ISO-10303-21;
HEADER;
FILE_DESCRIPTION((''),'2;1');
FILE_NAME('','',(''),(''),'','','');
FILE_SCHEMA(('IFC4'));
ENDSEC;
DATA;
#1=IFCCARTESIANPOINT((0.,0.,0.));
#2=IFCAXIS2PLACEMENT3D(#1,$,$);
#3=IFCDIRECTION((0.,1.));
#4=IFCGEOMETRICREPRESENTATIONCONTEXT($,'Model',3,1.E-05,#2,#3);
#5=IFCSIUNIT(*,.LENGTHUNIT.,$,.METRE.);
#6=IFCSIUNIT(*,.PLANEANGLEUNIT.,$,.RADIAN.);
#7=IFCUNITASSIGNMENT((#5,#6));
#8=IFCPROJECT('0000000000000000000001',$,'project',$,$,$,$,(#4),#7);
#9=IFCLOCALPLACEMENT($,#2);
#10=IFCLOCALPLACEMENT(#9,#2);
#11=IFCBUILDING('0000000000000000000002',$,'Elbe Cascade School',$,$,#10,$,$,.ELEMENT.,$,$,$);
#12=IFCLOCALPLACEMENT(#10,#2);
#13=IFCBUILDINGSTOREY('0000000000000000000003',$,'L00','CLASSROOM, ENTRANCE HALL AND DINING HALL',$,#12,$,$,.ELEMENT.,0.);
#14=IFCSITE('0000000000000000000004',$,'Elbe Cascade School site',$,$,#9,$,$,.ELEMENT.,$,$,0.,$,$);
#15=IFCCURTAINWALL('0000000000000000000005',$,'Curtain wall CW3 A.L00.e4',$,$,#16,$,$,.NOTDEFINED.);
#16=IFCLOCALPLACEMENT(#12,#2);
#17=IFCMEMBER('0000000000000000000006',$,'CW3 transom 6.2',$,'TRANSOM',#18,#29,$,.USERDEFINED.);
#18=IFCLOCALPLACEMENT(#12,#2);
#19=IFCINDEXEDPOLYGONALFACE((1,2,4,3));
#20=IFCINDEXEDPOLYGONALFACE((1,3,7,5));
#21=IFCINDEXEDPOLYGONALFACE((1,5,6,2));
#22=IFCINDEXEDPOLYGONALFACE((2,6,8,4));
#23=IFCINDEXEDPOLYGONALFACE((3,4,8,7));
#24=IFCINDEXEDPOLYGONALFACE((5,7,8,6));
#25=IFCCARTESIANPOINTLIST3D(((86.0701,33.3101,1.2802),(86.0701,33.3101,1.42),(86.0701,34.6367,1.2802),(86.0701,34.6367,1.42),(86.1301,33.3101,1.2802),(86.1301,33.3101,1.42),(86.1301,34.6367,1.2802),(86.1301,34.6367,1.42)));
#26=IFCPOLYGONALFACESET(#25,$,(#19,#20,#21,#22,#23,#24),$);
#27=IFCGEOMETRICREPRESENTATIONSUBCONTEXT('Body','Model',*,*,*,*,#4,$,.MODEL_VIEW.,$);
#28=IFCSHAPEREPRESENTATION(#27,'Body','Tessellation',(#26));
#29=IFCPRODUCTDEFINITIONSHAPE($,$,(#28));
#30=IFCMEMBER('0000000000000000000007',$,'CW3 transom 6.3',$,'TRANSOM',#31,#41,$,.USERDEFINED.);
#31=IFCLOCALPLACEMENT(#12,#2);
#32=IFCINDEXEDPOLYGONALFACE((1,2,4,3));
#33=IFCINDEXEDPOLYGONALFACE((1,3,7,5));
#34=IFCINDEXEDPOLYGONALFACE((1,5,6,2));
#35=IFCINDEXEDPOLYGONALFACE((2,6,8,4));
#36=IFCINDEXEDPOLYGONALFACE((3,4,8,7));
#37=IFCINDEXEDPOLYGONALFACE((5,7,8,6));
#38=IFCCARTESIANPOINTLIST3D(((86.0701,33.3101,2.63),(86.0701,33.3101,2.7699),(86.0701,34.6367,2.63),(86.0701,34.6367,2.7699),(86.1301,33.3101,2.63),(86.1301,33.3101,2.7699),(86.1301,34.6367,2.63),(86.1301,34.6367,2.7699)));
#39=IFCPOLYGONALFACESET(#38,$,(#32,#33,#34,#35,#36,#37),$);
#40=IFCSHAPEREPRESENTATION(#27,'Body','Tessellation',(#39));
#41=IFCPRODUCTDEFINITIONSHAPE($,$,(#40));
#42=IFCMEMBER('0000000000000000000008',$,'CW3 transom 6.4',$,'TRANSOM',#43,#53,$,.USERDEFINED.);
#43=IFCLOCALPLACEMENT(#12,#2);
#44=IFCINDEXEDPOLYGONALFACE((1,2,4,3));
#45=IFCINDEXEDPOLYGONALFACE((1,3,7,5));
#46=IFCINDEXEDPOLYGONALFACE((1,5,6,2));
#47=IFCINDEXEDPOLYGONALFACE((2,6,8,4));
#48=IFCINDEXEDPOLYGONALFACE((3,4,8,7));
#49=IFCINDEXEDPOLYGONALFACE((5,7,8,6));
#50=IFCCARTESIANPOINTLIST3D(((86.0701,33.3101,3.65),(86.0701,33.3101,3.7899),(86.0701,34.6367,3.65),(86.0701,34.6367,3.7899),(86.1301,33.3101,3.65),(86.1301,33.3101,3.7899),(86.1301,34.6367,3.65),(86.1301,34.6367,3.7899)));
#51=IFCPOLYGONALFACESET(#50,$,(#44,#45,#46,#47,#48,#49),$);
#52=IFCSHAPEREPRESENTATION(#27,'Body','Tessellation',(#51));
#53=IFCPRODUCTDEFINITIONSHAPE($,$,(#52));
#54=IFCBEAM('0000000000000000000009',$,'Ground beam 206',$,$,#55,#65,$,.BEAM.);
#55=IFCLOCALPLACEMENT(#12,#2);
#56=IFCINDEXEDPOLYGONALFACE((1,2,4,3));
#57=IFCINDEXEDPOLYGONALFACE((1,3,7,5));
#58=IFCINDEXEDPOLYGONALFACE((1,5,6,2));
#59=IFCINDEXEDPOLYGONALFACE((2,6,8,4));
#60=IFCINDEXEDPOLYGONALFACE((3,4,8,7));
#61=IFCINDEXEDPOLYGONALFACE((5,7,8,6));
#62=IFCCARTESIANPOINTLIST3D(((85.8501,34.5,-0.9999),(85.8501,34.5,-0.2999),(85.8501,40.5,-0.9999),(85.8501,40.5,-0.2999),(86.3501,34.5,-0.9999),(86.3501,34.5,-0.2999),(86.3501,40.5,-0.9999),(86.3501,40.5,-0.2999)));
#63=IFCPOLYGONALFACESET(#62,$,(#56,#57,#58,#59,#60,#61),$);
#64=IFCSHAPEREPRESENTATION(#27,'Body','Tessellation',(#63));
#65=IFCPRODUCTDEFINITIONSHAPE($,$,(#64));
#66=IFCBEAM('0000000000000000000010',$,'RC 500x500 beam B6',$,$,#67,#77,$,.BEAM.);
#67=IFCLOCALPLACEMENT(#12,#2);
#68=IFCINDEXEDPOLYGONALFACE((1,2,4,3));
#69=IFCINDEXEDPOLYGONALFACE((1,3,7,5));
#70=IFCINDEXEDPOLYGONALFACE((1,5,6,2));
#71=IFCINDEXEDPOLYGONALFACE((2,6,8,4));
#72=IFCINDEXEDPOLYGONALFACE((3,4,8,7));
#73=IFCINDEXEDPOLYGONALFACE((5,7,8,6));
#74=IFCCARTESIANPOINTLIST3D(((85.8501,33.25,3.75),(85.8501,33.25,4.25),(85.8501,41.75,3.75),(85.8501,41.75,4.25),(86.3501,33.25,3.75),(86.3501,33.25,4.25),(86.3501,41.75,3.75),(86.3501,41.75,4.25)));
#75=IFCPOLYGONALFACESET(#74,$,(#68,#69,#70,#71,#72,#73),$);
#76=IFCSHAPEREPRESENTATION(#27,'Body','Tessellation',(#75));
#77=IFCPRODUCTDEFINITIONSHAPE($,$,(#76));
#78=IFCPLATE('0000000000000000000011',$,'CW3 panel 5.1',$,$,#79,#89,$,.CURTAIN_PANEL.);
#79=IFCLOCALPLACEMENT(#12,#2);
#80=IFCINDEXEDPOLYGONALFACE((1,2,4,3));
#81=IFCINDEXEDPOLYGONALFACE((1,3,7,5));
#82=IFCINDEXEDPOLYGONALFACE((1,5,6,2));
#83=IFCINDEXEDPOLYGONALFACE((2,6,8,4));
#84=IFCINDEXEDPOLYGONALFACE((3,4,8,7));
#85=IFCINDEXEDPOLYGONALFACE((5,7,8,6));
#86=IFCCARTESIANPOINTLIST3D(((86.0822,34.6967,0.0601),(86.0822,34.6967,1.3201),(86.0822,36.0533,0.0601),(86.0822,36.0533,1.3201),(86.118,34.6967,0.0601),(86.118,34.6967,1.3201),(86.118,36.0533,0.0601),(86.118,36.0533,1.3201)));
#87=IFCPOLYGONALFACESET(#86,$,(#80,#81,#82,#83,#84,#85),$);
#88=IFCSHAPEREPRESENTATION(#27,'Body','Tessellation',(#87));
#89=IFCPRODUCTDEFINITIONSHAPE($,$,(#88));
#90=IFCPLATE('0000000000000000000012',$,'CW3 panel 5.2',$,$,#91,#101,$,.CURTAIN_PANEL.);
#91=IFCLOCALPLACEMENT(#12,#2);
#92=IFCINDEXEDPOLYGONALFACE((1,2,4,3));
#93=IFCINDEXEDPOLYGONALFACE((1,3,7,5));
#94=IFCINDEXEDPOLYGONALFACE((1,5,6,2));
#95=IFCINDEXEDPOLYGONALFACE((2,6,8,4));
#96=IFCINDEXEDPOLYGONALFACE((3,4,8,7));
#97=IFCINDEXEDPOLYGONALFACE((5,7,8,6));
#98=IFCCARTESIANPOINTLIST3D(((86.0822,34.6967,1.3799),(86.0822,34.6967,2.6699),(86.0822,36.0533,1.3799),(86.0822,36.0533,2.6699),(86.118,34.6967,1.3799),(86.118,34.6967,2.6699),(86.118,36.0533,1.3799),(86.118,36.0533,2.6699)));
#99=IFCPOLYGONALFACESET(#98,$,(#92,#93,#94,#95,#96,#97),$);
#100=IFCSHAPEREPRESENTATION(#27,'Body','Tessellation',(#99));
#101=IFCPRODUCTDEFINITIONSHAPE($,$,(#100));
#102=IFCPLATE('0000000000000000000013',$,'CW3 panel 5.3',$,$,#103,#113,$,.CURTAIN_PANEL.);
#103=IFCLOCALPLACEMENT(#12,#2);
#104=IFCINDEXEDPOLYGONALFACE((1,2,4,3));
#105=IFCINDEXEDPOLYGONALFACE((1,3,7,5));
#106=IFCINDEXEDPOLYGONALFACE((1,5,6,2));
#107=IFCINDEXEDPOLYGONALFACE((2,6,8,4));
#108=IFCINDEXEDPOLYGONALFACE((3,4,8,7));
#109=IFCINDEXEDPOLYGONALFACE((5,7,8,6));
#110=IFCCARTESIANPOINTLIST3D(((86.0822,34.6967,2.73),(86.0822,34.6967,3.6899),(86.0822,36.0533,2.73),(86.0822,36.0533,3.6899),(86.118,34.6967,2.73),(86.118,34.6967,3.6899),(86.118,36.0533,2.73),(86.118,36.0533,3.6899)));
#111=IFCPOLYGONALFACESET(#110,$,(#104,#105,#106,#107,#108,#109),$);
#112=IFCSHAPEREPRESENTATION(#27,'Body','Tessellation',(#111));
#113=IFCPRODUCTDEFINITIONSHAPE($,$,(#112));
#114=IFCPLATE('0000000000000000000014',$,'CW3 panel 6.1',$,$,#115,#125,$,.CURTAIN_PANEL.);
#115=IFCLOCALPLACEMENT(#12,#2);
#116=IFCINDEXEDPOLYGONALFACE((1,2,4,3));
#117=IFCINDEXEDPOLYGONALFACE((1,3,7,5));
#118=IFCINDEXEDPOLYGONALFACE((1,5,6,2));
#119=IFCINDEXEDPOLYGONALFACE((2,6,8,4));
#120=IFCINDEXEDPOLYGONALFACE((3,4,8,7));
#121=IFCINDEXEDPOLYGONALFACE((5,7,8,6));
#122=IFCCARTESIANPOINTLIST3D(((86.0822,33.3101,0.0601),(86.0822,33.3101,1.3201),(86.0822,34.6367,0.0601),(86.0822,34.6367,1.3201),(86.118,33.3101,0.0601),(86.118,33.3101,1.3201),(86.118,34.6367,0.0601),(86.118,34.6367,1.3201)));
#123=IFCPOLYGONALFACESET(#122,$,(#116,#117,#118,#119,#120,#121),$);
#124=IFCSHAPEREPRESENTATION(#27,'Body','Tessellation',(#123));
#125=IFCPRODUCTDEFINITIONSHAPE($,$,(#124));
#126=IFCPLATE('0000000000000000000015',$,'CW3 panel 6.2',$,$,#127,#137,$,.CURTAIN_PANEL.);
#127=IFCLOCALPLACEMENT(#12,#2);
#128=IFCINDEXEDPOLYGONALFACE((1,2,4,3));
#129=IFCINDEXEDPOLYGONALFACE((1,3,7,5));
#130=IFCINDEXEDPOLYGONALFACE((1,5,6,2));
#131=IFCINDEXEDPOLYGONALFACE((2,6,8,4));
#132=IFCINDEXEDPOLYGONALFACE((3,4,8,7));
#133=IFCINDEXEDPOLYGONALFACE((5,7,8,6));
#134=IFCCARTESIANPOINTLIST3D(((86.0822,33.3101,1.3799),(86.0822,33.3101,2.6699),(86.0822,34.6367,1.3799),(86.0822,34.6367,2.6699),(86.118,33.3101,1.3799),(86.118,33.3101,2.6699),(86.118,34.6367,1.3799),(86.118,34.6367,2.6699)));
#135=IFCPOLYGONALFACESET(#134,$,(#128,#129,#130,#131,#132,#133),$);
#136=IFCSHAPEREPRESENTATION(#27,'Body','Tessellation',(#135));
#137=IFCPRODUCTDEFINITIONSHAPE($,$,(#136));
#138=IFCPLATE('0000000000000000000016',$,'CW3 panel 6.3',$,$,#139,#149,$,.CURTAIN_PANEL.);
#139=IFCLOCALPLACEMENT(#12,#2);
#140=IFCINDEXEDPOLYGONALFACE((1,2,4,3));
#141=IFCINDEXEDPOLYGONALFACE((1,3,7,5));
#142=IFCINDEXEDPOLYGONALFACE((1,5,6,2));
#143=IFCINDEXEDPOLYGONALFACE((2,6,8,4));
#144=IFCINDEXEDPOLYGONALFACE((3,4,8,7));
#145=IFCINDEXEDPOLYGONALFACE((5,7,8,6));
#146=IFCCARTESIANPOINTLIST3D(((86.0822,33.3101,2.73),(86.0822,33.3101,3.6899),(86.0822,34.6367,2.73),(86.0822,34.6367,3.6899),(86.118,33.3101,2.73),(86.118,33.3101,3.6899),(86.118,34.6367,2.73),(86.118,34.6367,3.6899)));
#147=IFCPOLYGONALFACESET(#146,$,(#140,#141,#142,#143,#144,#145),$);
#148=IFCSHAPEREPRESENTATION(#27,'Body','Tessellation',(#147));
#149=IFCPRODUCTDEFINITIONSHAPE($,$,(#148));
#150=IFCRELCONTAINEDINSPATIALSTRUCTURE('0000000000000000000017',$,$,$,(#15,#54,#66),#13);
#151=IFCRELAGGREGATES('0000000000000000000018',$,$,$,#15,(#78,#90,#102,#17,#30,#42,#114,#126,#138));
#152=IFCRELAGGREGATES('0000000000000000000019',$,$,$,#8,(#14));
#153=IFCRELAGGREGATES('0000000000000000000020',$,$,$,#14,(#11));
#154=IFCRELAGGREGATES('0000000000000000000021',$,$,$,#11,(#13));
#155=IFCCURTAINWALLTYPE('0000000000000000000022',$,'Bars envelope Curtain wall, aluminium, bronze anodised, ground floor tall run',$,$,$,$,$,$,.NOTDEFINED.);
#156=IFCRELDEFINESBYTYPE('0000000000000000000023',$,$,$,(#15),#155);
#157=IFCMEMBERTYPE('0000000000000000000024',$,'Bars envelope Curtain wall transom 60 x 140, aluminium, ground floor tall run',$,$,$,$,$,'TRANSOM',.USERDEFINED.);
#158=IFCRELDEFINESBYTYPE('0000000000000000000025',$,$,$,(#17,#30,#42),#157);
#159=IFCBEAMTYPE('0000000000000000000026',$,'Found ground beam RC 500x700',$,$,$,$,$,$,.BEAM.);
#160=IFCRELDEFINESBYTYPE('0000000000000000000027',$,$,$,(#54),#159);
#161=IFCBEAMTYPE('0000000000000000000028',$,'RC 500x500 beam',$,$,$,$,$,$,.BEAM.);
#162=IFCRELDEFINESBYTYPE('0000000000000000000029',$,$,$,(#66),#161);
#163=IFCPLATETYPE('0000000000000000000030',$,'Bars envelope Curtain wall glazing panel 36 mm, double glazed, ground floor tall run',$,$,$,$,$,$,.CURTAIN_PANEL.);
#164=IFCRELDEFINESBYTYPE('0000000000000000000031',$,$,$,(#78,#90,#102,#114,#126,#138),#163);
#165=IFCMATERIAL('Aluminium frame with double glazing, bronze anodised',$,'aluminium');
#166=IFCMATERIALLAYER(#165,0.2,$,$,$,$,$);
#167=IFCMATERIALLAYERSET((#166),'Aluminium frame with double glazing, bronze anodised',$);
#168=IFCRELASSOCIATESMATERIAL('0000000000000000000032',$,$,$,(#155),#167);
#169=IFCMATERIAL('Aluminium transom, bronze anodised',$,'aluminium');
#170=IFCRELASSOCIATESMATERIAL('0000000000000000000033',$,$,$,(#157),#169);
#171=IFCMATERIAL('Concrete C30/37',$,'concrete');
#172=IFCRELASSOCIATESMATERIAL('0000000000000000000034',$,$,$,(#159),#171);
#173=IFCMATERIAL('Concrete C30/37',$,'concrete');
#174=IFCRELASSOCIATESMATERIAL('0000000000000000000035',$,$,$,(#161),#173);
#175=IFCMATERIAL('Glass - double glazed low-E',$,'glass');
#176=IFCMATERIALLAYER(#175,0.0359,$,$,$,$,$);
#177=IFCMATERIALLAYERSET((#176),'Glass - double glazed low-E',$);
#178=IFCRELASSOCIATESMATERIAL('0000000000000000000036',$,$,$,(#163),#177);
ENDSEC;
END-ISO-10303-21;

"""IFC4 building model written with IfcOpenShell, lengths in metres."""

from ifc_helpers import new_model, si_unit, direction, frame, origin, origin_2d, place, context, subcontext, project, spatial, rectangle, extrude, material, layer, layer_set, material_profile, profile_set, type_object, element, aggregate, save


model = new_model("IFC4")

# Units and contexts
model_context = context("Model", 3, precision=1e-05, world=origin(), true_north=direction((0.0, 1.0)))
body_context = subcontext(model_context, "Body", "Model", "MODEL_VIEW")
ifc_project = project(units=[si_unit("LENGTHUNIT", "METRE"), si_unit("PLANEANGLEUNIT", "RADIAN")], contexts=[model_context])

# Site, building, storey
site_placement = place(None, origin())
site = spatial("IfcSite", under=ifc_project, at=site_placement, Name="Elbe Cascade School site", CompositionType="ELEMENT", RefElevation=0.0)
building_placement = place(site_placement, origin())
building = spatial("IfcBuilding", under=site, at=building_placement, Name="Elbe Cascade School", CompositionType="ELEMENT")
storey_placement = place(building_placement, origin())
storey = spatial("IfcBuildingStorey", under=building, at=storey_placement, Name="L00", Description="CLASSROOM, ENTRANCE HALL AND DINING HALL", CompositionType="ELEMENT", Elevation=0.0)

# Shared definitions
ifc_material_1 = material(Name="Aluminium frame with double glazing, bronze anodised", Category="aluminium")
ifc_layer_1 = layer(ifc_material_1, 0.2)
ifc_layer_set_1 = layer_set([ifc_layer_1], Name="Aluminium frame with double glazing, bronze anodised")
curtain_wall_type = type_object("IfcCurtainWallType", Name="Bars envelope Curtain wall, aluminium, bronze anodised, ground floor tall run", PredefinedType="NOTDEFINED", material=ifc_layer_set_1)

# Curtain wall
curtain_wall_1_placement = place(storey_placement, origin())
curtain_wall_1 = element("IfcCurtainWall", 1, at=curtain_wall_1_placement, inside=storey, type_object=curtain_wall_type, Name="Curtain wall CW3 A.L00.e4", PredefinedType="NOTDEFINED")

# Members
ifc_material_2 = material(Name="Aluminium transom, bronze anodised", Category="aluminium")
ifc_material_profile_1 = material_profile(ifc_material_2, rectangle(XDim=0.0601, YDim=0.1399, at=origin_2d()), Name="Bars envelope Curtain wall transom 60 x 140, aluminium, ground floor tall run")
ifc_profile_set_1 = profile_set([ifc_material_profile_1], Name="Aluminium transom, bronze anodised")
member_type_1 = type_object("IfcMemberType", Name="Bars envelope Curtain wall transom 60 x 140, aluminium, ground floor tall run", ElementType="TRANSOM", PredefinedType="USERDEFINED", material=ifc_profile_set_1)
member_1_placement = place(storey_placement, frame((86.1001, 34.6367, 1.3501), z_axis=(0.0, -1.0, 0.0), x_axis=(1.0, 0.0, 0.0)))
member_1 = element("IfcMember", 2, at=member_1_placement, type_object=member_type_1, Name="CW3 transom 6.2", ObjectType="TRANSOM", PredefinedType="USERDEFINED", context=body_context, shape_type="SweptSolid", body=[
    extrude(rectangle(XDim=0.0601, YDim=0.1399, at=origin_2d()), origin(), (0.0, 0.0, 1.0), 1.3267),
])
member_2_placement = place(storey_placement, frame((86.1001, 34.6367, 2.7), z_axis=(0.0, -1.0, 0.0), x_axis=(1.0, 0.0, 0.0)))
member_2 = element("IfcMember", 3, at=member_2_placement, type_object=member_type_1, Name="CW3 transom 6.3", ObjectType="TRANSOM", PredefinedType="USERDEFINED", context=body_context, shape_type="SweptSolid", body=[
    extrude(rectangle(XDim=0.0601, YDim=0.1399, at=origin_2d()), origin(), (0.0, 0.0, 1.0), 1.3267),
])
member_3_placement = place(storey_placement, frame((86.1001, 34.6367, 3.72), z_axis=(0.0, -1.0, 0.0), x_axis=(1.0, 0.0, 0.0)))
member_3 = element("IfcMember", 4, at=member_3_placement, type_object=member_type_1, Name="CW3 transom 6.4", ObjectType="TRANSOM", PredefinedType="USERDEFINED", context=body_context, shape_type="SweptSolid", body=[
    extrude(rectangle(XDim=0.0601, YDim=0.1399, at=origin_2d()), origin(), (0.0, 0.0, 1.0), 1.3267),
])

# Beams
ifc_material_3 = material(Name="Concrete C30/37", Category="concrete")
ifc_material_profile_2 = material_profile(ifc_material_3, rectangle(XDim=0.5, YDim=0.7, at=origin_2d()), Name="RC 500x700")
ifc_profile_set_2 = profile_set([ifc_material_profile_2], Name="Concrete C30/37")
beam_type_1 = type_object("IfcBeamType", Name="Found ground beam RC 500x700", PredefinedType="BEAM", material=ifc_profile_set_2)
beam_1_placement = place(storey_placement, frame((86.1001, 34.5, -0.6499), z_axis=(0.0, 1.0, 0.0), x_axis=(-1.0, 0.0, 0.0)))
element("IfcBeam", 5, at=beam_1_placement, inside=storey, type_object=beam_type_1, Name="Ground beam 206", PredefinedType="BEAM", context=body_context, shape_type="SweptSolid", body=[
    extrude(rectangle(XDim=0.5, YDim=0.7, at=origin_2d()), origin(), (0.0, 0.0, 1.0), 6.0),
])
ifc_material_4 = material(Name="Concrete C30/37", Category="concrete")
ifc_material_profile_3 = material_profile(ifc_material_4, rectangle(XDim=0.5, YDim=0.5, at=origin_2d()), Name="RC 500x500")
ifc_profile_set_3 = profile_set([ifc_material_profile_3], Name="Concrete C30/37")
beam_type_2 = type_object("IfcBeamType", Name="RC 500x500 beam", PredefinedType="BEAM", material=ifc_profile_set_3)
beam_2_placement = place(storey_placement, frame((86.1001, 33.25, 4.0), z_axis=(0.0, 1.0, 0.0), x_axis=(-1.0, 0.0, 0.0)))
element("IfcBeam", 6, at=beam_2_placement, inside=storey, type_object=beam_type_2, Name="RC 500x500 beam B6", PredefinedType="BEAM", context=body_context, shape_type="SweptSolid", body=[
    extrude(rectangle(XDim=0.5, YDim=0.5, at=origin_2d()), origin(), (0.0, 0.0, 1.0), 8.5),
])

# Plates
ifc_material_5 = material(Name="Glass - double glazed low-E", Category="glass")
ifc_layer_2 = layer(ifc_material_5, 0.0359)
ifc_layer_set_2 = layer_set([ifc_layer_2], Name="Glass - double glazed low-E")
plate_type = type_object("IfcPlateType", Name="Bars envelope Curtain wall glazing panel 36 mm, double glazed, ground floor tall run", PredefinedType="CURTAIN_PANEL", material=ifc_layer_set_2)
plate_1_placement = place(storey_placement, frame((86.1001, 35.375, 0.0601), z_axis=(0.0, 0.0, 1.0), x_axis=(0.0, -1.0, 0.0)))
plate_1 = element("IfcPlate", 7, at=plate_1_placement, type_object=plate_type, Name="CW3 panel 5.1", PredefinedType="CURTAIN_PANEL", context=body_context, shape_type="SweptSolid", body=[
    extrude(rectangle(XDim=1.3567, YDim=0.0359, at=origin_2d()), origin(), (0.0, 0.0, 1.0), 1.26),
])
plate_2_placement = place(storey_placement, frame((86.1001, 35.375, 1.3799), z_axis=(0.0, 0.0, 1.0), x_axis=(0.0, -1.0, 0.0)))
plate_2 = element("IfcPlate", 8, at=plate_2_placement, type_object=plate_type, Name="CW3 panel 5.2", PredefinedType="CURTAIN_PANEL", context=body_context, shape_type="SweptSolid", body=[
    extrude(rectangle(XDim=1.3567, YDim=0.0359, at=origin_2d()), origin(), (0.0, 0.0, 1.0), 1.29),
])
plate_3_placement = place(storey_placement, frame((86.1001, 35.375, 2.73), z_axis=(0.0, 0.0, 1.0), x_axis=(0.0, -1.0, 0.0)))
plate_3 = element("IfcPlate", 9, at=plate_3_placement, type_object=plate_type, Name="CW3 panel 5.3", PredefinedType="CURTAIN_PANEL", context=body_context, shape_type="SweptSolid", body=[
    extrude(rectangle(XDim=1.3567, YDim=0.0359, at=origin_2d()), origin(), (0.0, 0.0, 1.0), 0.96),
])
plate_4_placement = place(storey_placement, frame((86.1001, 33.9734, 0.0601), z_axis=(0.0, 0.0, 1.0), x_axis=(0.0, -1.0, 0.0)))
plate_4 = element("IfcPlate", 10, at=plate_4_placement, type_object=plate_type, Name="CW3 panel 6.1", PredefinedType="CURTAIN_PANEL", context=body_context, shape_type="SweptSolid", body=[
    extrude(rectangle(XDim=1.3267, YDim=0.0359, at=origin_2d()), origin(), (0.0, 0.0, 1.0), 1.26),
])
plate_5_placement = place(storey_placement, frame((86.1001, 33.9734, 1.3799), z_axis=(0.0, 0.0, 1.0), x_axis=(0.0, -1.0, 0.0)))
plate_5 = element("IfcPlate", 11, at=plate_5_placement, type_object=plate_type, Name="CW3 panel 6.2", PredefinedType="CURTAIN_PANEL", context=body_context, shape_type="SweptSolid", body=[
    extrude(rectangle(XDim=1.3267, YDim=0.0359, at=origin_2d()), origin(), (0.0, 0.0, 1.0), 1.29),
])
plate_6_placement = place(storey_placement, frame((86.1001, 33.9734, 2.73), z_axis=(0.0, 0.0, 1.0), x_axis=(0.0, -1.0, 0.0)))
plate_6 = element("IfcPlate", 12, at=plate_6_placement, type_object=plate_type, Name="CW3 panel 6.3", PredefinedType="CURTAIN_PANEL", context=body_context, shape_type="SweptSolid", body=[
    extrude(rectangle(XDim=1.3267, YDim=0.0359, at=origin_2d()), origin(), (0.0, 0.0, 1.0), 0.96),
])
aggregate(curtain_wall_1, [plate_1, plate_2, plate_3, member_1, member_2, member_3, plate_4, plate_5, plate_6])

save(model, "model.ifc")
